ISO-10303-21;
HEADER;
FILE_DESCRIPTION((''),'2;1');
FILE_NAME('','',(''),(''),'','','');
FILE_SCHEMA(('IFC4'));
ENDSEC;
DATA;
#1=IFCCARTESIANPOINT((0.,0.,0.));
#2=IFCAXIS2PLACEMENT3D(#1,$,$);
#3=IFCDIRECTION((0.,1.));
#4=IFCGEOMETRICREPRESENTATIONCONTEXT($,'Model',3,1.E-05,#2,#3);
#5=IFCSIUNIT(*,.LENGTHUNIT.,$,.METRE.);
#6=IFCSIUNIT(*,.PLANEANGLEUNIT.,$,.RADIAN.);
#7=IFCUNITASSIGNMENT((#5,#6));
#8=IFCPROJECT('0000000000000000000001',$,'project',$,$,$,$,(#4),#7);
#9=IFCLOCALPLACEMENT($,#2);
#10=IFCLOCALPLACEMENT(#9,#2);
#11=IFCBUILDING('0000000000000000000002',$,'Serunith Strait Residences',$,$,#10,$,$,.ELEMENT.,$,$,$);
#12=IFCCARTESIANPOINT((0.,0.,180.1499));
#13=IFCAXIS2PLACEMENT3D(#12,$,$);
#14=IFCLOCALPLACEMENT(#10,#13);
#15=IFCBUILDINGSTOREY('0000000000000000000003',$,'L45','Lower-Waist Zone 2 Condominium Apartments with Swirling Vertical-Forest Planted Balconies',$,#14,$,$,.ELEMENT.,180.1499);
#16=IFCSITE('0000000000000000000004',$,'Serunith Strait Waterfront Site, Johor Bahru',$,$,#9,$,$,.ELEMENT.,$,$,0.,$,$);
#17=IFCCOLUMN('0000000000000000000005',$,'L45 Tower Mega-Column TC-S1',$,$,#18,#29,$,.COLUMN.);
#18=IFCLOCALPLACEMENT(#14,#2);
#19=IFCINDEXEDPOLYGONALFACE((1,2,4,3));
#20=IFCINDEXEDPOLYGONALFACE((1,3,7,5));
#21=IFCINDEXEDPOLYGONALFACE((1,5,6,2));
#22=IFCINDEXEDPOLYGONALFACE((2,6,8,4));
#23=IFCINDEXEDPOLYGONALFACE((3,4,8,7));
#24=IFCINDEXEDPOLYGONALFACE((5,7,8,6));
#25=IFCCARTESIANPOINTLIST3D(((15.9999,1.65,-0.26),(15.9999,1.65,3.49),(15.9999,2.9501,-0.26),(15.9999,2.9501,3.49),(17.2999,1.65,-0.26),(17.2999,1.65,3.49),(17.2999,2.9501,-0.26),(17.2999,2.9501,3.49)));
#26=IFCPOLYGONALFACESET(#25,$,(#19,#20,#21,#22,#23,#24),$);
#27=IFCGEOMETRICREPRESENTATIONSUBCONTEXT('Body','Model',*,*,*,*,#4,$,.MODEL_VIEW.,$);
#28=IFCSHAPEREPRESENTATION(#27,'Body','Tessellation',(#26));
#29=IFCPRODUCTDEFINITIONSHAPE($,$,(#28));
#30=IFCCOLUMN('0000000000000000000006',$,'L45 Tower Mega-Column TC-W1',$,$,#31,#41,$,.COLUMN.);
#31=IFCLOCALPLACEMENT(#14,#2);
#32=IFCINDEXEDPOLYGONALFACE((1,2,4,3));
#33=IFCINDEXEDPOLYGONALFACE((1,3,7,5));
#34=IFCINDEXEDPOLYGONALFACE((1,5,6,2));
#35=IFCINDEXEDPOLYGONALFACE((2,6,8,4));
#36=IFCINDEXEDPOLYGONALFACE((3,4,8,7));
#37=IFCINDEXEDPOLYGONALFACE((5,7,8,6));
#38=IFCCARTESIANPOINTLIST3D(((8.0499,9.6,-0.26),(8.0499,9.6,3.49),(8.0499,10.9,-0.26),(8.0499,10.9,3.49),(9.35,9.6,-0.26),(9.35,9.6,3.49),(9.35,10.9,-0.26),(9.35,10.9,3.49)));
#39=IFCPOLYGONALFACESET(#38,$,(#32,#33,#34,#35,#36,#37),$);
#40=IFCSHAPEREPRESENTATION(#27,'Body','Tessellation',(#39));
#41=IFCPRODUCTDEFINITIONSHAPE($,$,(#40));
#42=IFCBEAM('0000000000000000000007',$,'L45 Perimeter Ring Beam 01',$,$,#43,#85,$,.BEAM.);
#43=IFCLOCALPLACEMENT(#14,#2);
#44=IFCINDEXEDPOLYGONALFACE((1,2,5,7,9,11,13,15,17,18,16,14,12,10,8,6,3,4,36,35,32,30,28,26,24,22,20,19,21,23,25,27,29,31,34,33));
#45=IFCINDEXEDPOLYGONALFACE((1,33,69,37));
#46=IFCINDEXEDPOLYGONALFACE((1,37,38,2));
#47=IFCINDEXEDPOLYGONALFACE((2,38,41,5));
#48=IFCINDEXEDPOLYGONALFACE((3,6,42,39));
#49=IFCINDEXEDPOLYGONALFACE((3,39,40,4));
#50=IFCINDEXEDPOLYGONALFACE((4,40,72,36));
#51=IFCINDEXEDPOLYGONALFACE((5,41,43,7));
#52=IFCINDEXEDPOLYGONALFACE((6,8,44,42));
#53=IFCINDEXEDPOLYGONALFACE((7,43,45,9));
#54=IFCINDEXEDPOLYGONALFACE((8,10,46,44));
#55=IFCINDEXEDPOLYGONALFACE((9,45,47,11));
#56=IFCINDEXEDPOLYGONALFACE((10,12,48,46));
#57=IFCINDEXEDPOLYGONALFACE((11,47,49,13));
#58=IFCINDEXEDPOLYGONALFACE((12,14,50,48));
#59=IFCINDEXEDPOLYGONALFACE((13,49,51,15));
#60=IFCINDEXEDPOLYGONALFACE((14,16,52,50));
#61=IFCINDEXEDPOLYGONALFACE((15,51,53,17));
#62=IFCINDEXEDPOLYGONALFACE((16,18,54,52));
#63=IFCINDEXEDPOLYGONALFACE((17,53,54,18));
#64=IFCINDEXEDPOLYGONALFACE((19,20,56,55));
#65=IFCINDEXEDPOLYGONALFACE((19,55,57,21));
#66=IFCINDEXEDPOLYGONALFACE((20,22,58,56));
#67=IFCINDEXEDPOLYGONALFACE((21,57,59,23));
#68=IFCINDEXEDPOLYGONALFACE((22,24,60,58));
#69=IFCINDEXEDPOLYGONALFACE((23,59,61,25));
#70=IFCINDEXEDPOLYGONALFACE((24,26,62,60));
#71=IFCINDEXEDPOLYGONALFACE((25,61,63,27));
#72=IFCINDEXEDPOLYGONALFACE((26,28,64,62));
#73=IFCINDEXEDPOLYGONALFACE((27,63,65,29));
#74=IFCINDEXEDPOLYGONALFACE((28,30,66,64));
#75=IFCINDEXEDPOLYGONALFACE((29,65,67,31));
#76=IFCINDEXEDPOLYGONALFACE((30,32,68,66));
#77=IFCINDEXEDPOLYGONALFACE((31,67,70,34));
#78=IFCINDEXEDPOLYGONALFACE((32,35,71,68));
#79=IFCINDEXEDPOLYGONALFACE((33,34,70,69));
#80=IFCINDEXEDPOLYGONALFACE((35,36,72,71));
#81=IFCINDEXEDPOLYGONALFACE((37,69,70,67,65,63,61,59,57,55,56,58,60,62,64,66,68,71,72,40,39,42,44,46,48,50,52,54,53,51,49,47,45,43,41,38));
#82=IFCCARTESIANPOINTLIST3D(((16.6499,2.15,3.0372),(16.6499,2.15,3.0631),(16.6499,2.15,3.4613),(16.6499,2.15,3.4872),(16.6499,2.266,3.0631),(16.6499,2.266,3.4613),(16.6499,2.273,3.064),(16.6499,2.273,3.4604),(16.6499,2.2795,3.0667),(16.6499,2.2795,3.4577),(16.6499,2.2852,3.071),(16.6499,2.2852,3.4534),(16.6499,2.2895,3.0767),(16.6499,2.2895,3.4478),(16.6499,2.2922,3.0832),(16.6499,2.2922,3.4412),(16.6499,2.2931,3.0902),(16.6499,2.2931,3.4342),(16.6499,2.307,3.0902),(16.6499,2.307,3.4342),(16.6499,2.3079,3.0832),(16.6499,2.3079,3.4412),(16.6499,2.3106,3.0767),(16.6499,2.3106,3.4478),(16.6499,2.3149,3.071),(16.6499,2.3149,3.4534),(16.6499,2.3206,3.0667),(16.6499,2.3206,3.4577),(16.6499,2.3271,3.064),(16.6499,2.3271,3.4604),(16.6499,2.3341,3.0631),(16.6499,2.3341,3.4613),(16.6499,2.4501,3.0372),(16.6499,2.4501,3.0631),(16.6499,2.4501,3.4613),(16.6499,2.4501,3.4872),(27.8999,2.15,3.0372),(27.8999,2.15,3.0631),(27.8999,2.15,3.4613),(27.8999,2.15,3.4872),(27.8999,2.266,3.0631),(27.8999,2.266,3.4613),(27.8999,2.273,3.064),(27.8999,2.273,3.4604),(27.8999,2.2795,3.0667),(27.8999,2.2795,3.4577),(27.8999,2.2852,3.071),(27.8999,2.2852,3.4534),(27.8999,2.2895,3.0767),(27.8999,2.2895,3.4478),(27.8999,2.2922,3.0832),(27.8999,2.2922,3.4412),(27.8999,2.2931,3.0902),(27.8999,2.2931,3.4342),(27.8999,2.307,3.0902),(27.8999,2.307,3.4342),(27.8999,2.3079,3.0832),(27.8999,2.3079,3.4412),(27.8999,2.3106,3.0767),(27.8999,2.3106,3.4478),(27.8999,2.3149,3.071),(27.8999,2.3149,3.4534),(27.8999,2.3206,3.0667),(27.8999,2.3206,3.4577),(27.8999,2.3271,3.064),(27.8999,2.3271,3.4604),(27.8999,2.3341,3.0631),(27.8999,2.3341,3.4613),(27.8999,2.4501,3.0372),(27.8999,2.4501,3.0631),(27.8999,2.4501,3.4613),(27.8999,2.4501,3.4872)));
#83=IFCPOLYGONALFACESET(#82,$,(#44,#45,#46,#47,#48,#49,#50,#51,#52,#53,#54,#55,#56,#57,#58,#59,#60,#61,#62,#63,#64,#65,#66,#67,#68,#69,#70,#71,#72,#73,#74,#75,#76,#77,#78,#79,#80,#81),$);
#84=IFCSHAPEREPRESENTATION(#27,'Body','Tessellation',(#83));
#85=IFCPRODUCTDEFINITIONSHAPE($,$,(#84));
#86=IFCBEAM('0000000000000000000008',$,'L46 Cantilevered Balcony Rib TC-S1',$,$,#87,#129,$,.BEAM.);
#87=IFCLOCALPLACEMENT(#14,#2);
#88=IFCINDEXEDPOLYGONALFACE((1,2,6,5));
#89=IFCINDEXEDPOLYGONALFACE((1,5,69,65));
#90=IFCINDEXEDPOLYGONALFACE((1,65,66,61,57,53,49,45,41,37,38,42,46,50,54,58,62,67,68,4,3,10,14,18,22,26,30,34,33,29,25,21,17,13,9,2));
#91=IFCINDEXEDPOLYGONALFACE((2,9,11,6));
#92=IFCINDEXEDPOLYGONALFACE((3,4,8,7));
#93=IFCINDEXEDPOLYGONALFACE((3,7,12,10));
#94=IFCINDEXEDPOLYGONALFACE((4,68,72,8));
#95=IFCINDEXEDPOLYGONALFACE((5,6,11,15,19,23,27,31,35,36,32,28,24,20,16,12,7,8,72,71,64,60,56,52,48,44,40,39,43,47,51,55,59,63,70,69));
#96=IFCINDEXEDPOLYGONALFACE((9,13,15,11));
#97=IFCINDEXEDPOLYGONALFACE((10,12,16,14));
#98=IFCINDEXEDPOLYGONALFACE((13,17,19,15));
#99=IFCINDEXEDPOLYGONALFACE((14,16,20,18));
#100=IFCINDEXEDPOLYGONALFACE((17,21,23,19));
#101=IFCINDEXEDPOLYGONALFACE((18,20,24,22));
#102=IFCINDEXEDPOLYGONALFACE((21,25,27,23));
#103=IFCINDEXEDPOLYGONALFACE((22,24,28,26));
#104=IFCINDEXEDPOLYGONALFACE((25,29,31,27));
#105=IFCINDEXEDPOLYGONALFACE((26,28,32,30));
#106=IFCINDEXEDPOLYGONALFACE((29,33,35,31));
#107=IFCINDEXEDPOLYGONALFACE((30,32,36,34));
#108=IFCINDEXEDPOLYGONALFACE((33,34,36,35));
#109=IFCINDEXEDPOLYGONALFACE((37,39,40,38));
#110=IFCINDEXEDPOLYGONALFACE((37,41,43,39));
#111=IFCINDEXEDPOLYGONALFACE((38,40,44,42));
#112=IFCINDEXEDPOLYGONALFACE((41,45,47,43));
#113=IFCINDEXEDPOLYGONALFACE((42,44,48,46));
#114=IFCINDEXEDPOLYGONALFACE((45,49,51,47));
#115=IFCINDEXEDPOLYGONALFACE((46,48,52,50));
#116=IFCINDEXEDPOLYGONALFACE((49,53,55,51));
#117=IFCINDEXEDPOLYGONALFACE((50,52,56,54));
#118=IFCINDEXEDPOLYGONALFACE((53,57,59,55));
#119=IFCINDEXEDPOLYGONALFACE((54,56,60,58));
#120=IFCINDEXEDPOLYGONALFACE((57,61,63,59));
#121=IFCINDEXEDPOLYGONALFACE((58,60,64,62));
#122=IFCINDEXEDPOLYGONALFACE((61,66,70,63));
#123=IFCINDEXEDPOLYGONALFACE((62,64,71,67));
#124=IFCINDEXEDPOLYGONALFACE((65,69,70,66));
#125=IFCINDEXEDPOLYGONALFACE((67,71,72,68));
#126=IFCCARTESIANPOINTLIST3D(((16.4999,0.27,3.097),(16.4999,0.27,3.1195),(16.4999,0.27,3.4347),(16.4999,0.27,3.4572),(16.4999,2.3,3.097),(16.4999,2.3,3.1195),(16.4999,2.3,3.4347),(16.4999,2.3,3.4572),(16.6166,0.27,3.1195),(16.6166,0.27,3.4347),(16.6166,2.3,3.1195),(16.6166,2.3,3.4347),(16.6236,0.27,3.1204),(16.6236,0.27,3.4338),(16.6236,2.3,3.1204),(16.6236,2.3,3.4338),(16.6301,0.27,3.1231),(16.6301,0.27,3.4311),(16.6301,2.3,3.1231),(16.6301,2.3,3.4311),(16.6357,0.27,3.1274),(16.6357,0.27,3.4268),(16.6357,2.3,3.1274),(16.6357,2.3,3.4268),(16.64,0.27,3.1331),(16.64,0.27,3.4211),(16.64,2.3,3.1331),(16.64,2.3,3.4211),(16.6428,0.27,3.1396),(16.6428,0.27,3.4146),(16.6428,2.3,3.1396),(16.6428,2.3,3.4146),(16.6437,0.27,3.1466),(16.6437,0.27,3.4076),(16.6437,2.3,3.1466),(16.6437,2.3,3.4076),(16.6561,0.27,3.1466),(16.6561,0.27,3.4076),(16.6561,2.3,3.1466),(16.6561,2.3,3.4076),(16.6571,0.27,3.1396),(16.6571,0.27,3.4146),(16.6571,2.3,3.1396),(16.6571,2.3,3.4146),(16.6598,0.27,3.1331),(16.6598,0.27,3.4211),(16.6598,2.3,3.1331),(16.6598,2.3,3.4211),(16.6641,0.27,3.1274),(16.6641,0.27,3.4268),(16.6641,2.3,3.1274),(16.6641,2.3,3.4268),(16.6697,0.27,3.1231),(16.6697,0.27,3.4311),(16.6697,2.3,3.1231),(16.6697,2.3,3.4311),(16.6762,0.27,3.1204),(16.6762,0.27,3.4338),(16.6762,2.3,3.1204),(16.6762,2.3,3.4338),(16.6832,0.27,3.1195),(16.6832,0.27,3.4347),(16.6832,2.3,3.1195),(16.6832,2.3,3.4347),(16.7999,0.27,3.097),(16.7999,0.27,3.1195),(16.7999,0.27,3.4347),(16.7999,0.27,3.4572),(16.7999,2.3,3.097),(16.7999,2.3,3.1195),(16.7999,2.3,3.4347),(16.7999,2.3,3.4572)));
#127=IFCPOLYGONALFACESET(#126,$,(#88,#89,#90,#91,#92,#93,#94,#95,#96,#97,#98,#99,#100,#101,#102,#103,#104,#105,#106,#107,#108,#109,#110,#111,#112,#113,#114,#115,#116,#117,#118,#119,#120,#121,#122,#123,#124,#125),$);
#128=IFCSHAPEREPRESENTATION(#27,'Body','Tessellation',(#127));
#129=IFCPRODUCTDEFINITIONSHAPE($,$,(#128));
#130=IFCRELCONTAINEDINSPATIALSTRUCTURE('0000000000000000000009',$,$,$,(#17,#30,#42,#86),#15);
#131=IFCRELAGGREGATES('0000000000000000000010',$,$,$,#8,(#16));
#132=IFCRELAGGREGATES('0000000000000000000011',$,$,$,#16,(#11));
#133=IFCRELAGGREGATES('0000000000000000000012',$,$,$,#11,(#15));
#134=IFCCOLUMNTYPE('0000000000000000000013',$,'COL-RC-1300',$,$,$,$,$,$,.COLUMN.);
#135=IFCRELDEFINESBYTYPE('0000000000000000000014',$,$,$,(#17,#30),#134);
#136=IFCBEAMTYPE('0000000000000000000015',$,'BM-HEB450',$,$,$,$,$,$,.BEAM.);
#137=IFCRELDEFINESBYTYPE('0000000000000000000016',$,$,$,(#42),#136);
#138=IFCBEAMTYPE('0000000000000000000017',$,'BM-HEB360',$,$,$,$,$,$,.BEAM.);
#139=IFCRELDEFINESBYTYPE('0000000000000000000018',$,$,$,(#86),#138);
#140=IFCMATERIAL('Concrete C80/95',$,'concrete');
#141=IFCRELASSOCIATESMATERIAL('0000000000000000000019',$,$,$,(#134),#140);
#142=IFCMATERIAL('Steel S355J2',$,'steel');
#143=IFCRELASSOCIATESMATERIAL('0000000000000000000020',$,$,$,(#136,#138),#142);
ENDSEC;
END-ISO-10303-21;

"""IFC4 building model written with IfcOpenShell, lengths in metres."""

from ifc_helpers import new_model, si_unit, direction, frame, origin, origin_2d, place, context, subcontext, project, spatial, rectangle, i_section, extrude, source, transform, mapped, material, material_profile, profile_set, type_object, element, save


model = new_model("IFC4")

# Units and contexts
model_context = context("Model", 3, precision=1e-05, world=origin(), true_north=direction((0.0, 1.0)))
body_context = subcontext(model_context, "Body", "Model", "MODEL_VIEW")
ifc_project = project(units=[si_unit("LENGTHUNIT", "METRE"), si_unit("PLANEANGLEUNIT", "RADIAN")], contexts=[model_context])

# Site, building, storey
site_placement = place(None, origin())
site = spatial("IfcSite", under=ifc_project, at=site_placement, Name="Serunith Strait Waterfront Site, Johor Bahru", CompositionType="ELEMENT", RefElevation=0.0)
building_placement = place(site_placement, origin())
building = spatial("IfcBuilding", under=site, at=building_placement, Name="Serunith Strait Residences", CompositionType="ELEMENT")
storey_placement = place(building_placement, frame((0.0, 0.0, 180.1499)))
storey = spatial("IfcBuildingStorey", under=building, at=storey_placement, Name="L45", Description="Lower-Waist Zone 2 Condominium Apartments with Swirling Vertical-Forest Planted Balconies", CompositionType="ELEMENT", Elevation=180.1499)

# Columns
ifc_material_1 = material(Name="Concrete C80/95", Category="concrete")
ifc_material_profile_1 = material_profile(ifc_material_1, rectangle(XDim=1.3, YDim=1.3, at=origin_2d()), Name="RC 1300x1300")
ifc_profile_set_1 = profile_set([ifc_material_profile_1], Name="Concrete C80/95")
column_type = type_object("IfcColumnType", Name="COL-RC-1300", PredefinedType="COLUMN", material=ifc_profile_set_1)
shared_shape_1 = source(origin(), body_context, "Body", "SweptSolid", [
    extrude(rectangle(XDim=1.3, YDim=1.3, at=origin_2d()), origin(), (0.0, 0.0, 1.0), 3.75),
])
for number, where, z_axis, x_axis, name in (
    (1, (16.6499, 2.3, -0.26), (0.0, 0.0, 1.0), (1.0, 0.0, 0.0), "L45 Tower Mega-Column TC-S1"),
    (2, (8.7, 10.25, -0.26), (0.0, 0.0, 1.0), (1.0, 0.0, 0.0), "L45 Tower Mega-Column TC-W1"),
):
    element("IfcColumn", number, at=place(storey_placement, frame(where, z_axis=z_axis, x_axis=x_axis)), inside=storey, type_object=column_type, Name=name, PredefinedType="COLUMN", context=body_context, shape_type="MappedRepresentation", body=[
        mapped(shared_shape_1, transform((0.0, 0.0, 0.0), scale=1.0)),
    ])

# Beams
ifc_material_2 = material(Name="Steel S355J2", Category="steel")
ifc_material_profile_2 = material_profile(ifc_material_2, i_section(OverallWidth=0.3, OverallDepth=0.45, WebThickness=0.0139, FlangeThickness=0.0259, FilletRadius=0.0271, at=origin_2d()), Name="HEB 450")
ifc_profile_set_2 = profile_set([ifc_material_profile_2], Name="Steel S355J2")
beam_type_1 = type_object("IfcBeamType", Name="BM-HEB450", PredefinedType="BEAM", material=ifc_profile_set_2)
shared_shape_2 = source(origin(), body_context, "Body", "SweptSolid", [
    extrude(i_section(OverallWidth=0.3, OverallDepth=0.45, WebThickness=0.0139, FlangeThickness=0.0259, FilletRadius=0.0271, at=origin_2d()), origin(), (0.0, 0.0, 1.0), 11.25),
])
beam_1_placement = place(storey_placement, frame((16.6499, 2.3, 3.2622), z_axis=(1.0, 0.0, 0.0), x_axis=(0.0, 1.0, 0.0)))
element("IfcBeam", 3, at=beam_1_placement, inside=storey, type_object=beam_type_1, Name="L45 Perimeter Ring Beam 01", PredefinedType="BEAM", context=body_context, shape_type="MappedRepresentation", body=[
    mapped(shared_shape_2, transform((0.0, 0.0, 0.0), scale=1.0)),
])
ifc_material_profile_3 = material_profile(ifc_material_2, i_section(OverallWidth=0.3, OverallDepth=0.3601, WebThickness=0.0125, FlangeThickness=0.0225, FilletRadius=0.0271, at=origin_2d()), Name="HEB 360")
ifc_profile_set_3 = profile_set([ifc_material_profile_3], Name="Steel S355J2")
beam_type_2 = type_object("IfcBeamType", Name="BM-HEB360", PredefinedType="BEAM", material=ifc_profile_set_3)
shared_shape_3 = source(origin(), body_context, "Body", "SweptSolid", [
    extrude(i_section(OverallWidth=0.3, OverallDepth=0.3601, WebThickness=0.0125, FlangeThickness=0.0225, FilletRadius=0.0271, at=origin_2d()), origin(), (0.0, 0.0, 1.0), 2.03),
])
beam_2_placement = place(storey_placement, frame((16.6499, 2.3, 3.2771), z_axis=(0.0, -1.0, 0.0), x_axis=(1.0, 0.0, 0.0)))
element("IfcBeam", 4, at=beam_2_placement, inside=storey, type_object=beam_type_2, Name="L46 Cantilevered Balcony Rib TC-S1", PredefinedType="BEAM", context=body_context, shape_type="MappedRepresentation", body=[
    mapped(shared_shape_3, transform((0.0, 0.0, 0.0), scale=1.0)),
])

save(model, "model.ifc")
